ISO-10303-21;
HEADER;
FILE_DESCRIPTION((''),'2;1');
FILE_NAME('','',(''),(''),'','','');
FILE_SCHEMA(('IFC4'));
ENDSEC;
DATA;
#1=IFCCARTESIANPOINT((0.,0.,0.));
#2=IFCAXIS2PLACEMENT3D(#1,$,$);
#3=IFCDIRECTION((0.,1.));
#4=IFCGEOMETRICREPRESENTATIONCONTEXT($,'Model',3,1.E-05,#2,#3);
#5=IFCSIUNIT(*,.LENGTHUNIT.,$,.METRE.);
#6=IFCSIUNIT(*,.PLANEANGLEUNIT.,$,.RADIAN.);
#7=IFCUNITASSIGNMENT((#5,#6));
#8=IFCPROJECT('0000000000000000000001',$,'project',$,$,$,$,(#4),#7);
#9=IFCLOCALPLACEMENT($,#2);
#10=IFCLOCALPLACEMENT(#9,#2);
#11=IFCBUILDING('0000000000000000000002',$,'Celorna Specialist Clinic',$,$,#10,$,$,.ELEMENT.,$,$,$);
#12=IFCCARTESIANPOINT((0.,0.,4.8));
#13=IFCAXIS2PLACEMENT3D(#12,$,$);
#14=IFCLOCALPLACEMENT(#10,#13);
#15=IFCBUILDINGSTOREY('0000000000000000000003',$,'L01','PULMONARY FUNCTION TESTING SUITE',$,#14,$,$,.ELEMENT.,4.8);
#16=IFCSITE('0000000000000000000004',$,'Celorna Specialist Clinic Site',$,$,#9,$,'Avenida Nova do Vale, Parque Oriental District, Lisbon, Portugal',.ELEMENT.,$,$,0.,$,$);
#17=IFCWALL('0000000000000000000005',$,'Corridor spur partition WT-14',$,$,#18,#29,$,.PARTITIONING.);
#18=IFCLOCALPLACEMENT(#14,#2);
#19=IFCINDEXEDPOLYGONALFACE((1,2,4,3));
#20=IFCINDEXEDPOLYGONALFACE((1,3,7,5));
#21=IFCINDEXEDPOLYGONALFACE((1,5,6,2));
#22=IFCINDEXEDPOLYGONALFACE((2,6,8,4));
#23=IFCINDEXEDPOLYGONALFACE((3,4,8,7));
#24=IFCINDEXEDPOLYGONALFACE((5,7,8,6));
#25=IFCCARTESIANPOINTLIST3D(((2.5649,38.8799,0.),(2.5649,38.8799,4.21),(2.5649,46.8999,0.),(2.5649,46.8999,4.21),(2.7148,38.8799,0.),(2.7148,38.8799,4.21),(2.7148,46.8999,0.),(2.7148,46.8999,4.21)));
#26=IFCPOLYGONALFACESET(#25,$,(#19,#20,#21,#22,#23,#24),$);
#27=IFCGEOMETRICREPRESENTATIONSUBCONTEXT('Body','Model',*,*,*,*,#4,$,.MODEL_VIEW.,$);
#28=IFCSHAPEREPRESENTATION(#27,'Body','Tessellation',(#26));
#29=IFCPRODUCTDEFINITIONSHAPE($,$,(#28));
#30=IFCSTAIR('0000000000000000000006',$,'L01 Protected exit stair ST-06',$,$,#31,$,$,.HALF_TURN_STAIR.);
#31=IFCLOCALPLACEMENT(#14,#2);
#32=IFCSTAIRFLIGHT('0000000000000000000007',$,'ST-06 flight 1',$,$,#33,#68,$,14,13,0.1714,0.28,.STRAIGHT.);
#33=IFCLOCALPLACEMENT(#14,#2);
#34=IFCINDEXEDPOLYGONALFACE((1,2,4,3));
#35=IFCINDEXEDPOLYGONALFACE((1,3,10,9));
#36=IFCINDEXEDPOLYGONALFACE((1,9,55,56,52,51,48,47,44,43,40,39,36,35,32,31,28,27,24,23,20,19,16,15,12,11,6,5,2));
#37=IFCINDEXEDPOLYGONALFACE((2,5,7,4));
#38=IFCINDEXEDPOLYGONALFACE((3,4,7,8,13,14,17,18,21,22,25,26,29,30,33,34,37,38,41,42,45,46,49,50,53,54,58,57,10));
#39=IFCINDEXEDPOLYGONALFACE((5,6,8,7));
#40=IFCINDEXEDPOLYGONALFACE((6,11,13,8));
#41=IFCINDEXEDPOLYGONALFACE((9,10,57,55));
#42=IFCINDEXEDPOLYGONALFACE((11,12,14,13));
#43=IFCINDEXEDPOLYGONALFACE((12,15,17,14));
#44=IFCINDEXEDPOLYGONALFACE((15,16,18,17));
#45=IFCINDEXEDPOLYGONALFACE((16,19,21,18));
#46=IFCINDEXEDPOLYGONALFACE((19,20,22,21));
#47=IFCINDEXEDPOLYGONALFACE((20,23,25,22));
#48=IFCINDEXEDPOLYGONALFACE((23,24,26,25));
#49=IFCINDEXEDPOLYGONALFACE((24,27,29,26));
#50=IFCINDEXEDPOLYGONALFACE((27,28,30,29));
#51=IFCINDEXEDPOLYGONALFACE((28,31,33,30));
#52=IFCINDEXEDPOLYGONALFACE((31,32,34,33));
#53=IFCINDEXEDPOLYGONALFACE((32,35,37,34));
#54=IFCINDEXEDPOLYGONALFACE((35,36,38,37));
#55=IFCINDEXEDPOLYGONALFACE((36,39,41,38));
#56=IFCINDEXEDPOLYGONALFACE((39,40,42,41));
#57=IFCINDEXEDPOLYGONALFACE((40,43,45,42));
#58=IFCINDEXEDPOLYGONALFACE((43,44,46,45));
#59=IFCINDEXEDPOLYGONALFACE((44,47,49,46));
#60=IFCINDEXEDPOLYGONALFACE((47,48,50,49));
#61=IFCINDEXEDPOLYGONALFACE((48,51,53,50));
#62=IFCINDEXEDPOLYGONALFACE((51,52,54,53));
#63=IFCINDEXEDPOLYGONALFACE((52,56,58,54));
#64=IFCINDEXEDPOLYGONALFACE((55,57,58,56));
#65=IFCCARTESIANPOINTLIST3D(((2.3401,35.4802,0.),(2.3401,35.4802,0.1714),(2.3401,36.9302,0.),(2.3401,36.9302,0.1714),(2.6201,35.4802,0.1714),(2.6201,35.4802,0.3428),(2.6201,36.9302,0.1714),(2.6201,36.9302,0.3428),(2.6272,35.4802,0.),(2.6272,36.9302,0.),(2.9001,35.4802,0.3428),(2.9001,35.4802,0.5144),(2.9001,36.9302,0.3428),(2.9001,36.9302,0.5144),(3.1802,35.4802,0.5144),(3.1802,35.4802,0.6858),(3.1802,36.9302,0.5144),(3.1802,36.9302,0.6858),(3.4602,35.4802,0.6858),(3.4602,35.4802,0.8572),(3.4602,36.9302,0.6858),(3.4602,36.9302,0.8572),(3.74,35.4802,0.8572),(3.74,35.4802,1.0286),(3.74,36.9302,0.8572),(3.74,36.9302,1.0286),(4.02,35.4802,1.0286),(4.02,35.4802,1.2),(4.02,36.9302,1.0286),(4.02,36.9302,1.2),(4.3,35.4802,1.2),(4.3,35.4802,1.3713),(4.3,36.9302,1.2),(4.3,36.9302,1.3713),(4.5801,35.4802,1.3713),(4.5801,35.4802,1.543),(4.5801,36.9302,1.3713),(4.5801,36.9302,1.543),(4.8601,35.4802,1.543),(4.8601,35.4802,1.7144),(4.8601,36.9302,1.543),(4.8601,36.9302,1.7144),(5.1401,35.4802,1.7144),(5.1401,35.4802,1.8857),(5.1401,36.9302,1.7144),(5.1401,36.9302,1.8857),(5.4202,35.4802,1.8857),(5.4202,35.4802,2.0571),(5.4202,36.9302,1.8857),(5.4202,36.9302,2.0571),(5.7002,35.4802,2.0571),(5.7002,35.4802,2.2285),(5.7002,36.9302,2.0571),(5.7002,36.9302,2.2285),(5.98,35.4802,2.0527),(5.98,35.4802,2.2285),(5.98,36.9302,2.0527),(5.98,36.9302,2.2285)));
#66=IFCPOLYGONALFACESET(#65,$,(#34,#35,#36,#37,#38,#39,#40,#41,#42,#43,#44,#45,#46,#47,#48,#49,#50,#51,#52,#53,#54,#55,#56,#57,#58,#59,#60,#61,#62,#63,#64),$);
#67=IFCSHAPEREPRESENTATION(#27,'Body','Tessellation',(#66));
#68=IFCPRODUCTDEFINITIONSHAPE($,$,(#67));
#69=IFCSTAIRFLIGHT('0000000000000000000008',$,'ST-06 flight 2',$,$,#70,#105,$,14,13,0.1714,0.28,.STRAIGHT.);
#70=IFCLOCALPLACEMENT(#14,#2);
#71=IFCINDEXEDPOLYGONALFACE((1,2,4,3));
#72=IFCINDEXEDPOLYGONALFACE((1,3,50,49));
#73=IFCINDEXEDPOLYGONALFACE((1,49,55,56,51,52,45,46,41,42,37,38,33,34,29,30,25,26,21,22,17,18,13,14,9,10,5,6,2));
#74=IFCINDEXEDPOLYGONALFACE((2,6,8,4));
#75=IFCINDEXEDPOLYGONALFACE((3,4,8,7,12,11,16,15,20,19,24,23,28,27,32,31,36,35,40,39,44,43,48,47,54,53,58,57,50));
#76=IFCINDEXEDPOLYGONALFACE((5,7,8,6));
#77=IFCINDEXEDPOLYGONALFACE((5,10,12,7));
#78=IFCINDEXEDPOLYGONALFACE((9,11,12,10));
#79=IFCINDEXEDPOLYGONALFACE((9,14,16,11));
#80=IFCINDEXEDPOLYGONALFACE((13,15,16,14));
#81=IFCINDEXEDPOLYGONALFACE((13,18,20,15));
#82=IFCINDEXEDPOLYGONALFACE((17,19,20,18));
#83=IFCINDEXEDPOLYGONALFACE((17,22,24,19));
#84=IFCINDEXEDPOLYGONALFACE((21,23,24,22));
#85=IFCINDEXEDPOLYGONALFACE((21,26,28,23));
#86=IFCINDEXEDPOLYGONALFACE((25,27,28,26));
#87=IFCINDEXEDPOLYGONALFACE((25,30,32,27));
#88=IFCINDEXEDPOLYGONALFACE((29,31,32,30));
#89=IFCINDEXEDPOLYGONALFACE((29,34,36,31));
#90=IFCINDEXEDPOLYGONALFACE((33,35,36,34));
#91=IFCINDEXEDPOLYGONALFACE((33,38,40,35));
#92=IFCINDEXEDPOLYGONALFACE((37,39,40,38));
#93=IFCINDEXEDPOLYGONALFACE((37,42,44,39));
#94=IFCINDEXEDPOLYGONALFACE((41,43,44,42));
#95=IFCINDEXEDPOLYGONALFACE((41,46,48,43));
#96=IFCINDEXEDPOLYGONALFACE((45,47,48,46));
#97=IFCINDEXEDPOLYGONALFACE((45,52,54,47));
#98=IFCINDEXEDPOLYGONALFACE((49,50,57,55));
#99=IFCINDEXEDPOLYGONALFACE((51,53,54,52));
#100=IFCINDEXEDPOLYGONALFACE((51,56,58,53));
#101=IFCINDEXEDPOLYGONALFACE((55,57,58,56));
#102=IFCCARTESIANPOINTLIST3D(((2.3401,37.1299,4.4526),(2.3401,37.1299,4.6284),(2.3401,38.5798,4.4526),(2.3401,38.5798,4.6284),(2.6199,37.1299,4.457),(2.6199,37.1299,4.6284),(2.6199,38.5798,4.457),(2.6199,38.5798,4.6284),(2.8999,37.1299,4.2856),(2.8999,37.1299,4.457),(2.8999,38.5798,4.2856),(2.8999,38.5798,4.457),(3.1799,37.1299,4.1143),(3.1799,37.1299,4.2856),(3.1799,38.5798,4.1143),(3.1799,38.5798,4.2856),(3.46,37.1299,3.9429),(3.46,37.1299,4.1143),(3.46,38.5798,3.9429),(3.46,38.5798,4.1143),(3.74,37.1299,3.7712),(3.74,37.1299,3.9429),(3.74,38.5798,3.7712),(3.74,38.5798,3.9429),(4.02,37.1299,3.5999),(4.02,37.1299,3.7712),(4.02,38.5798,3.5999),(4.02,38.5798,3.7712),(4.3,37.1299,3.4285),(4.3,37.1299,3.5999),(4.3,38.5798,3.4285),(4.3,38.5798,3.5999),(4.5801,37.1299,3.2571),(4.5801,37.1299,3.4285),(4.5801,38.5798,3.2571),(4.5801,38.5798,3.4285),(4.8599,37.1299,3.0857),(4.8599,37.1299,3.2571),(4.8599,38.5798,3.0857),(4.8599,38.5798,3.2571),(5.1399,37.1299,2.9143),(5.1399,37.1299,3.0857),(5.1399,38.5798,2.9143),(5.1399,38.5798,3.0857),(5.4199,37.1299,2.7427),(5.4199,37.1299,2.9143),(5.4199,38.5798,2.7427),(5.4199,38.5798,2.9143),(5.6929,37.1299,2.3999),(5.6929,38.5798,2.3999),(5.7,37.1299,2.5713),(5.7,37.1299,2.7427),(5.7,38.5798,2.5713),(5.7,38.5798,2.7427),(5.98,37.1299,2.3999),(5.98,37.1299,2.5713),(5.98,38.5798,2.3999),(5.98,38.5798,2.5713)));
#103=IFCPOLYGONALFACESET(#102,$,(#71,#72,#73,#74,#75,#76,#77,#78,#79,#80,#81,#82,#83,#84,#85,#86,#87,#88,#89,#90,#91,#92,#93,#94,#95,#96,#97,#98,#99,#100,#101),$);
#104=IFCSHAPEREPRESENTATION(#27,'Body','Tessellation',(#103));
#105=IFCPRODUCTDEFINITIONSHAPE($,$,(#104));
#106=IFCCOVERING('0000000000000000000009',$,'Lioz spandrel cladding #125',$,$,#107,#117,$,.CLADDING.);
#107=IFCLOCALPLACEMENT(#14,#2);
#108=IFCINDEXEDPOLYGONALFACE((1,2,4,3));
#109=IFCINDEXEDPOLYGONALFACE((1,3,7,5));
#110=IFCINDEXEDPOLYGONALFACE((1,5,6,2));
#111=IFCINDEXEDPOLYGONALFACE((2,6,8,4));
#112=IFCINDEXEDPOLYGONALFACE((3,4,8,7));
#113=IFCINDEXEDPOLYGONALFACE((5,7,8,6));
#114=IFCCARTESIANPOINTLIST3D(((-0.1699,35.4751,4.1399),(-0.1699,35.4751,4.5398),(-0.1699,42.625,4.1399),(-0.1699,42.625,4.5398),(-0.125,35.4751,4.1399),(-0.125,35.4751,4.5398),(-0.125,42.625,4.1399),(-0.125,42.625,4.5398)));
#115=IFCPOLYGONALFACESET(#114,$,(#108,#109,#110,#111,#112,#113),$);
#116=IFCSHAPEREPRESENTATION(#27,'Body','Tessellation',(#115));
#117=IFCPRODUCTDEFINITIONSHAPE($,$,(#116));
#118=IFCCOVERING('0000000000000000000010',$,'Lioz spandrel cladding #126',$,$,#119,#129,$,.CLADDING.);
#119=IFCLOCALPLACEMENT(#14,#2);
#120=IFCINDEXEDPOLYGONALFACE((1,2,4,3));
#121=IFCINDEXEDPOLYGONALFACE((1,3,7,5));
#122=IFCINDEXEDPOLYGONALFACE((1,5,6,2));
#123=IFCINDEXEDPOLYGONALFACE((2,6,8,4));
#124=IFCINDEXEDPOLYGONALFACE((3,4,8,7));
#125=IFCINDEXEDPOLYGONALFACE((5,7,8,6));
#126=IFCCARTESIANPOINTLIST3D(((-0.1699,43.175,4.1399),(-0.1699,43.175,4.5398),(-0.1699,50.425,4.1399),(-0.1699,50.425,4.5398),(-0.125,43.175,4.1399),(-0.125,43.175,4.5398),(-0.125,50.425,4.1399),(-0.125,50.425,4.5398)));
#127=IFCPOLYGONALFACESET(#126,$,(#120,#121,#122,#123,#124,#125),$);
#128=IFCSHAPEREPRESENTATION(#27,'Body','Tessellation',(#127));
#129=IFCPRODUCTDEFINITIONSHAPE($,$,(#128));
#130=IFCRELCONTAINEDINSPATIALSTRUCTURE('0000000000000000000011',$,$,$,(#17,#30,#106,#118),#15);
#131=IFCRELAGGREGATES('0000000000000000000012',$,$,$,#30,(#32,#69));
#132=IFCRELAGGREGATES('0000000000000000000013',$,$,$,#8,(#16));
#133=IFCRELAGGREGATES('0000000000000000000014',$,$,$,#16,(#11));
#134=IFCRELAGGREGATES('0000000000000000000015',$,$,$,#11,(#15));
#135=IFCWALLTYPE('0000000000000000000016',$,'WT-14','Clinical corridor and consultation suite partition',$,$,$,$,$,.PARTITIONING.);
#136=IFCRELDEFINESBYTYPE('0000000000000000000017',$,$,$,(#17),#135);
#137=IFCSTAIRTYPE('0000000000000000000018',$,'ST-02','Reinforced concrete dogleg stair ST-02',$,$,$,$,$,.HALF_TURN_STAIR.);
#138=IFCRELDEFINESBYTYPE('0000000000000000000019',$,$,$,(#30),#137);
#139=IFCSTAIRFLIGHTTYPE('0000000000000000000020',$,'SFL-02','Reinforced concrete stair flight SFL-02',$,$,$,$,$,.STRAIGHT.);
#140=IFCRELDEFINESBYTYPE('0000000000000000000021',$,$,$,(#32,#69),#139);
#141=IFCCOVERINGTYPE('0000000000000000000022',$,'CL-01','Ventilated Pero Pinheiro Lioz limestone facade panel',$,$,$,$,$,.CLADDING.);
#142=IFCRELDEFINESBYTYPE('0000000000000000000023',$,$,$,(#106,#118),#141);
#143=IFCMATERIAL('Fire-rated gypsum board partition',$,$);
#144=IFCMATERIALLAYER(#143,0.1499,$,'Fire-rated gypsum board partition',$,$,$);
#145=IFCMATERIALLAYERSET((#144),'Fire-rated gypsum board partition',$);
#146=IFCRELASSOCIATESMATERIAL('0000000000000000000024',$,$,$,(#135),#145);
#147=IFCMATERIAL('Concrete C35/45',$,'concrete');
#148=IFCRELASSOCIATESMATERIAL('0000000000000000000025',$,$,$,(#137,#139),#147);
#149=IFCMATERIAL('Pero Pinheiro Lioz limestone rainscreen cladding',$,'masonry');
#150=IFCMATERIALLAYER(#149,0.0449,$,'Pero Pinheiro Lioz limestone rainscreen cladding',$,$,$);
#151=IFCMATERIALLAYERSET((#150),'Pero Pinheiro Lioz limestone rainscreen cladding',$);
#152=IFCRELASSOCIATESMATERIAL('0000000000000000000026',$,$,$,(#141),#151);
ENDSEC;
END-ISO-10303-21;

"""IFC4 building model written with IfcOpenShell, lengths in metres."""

from ifc_helpers import new_model, si_unit, direction, frame, frame_2d, origin, origin_2d, place, context, subcontext, project, spatial, polyline, rectangle, outline, extrude, material, layer, layer_set, type_object, element, aggregate, save


model = new_model("IFC4")

# Units and contexts
model_context = context("Model", 3, precision=1e-05, world=origin(), true_north=direction((0.0, 1.0)))
body_context = subcontext(model_context, "Body", "Model", "MODEL_VIEW")
ifc_project = project(units=[si_unit("LENGTHUNIT", "METRE"), si_unit("PLANEANGLEUNIT", "RADIAN")], contexts=[model_context])

# Site, building, storey
site_placement = place(None, origin())
site = spatial("IfcSite", under=ifc_project, at=site_placement, Name="Celorna Specialist Clinic Site", LongName="Avenida Nova do Vale, Parque Oriental District, Lisbon, Portugal", CompositionType="ELEMENT", RefElevation=0.0)
building_placement = place(site_placement, origin())
building = spatial("IfcBuilding", under=site, at=building_placement, Name="Celorna Specialist Clinic", CompositionType="ELEMENT")
storey_placement = place(building_placement, frame((0.0, 0.0, 4.8)))
storey = spatial("IfcBuildingStorey", under=building, at=storey_placement, Name="L01", Description="PULMONARY FUNCTION TESTING SUITE", CompositionType="ELEMENT", Elevation=4.8)

# Shared definitions
ifc_material_1 = material(Name="Concrete C35/45", Category="concrete")

# Wall
ifc_material_2 = material(Name="Fire-rated gypsum board partition")
ifc_layer_1 = layer(ifc_material_2, 0.1499, Name="Fire-rated gypsum board partition")
ifc_layer_set_1 = layer_set([ifc_layer_1], Name="Fire-rated gypsum board partition")
wall_type_1 = type_object("IfcWallType", Name="WT-14", Description="Clinical corridor and consultation suite partition", PredefinedType="PARTITIONING", material=ifc_layer_set_1)
wall_1_placement = place(storey_placement, frame((2.6399, 38.8799, 0.0), z_axis=(0.0, 0.0, 1.0), x_axis=(0.0, 1.0, 0.0)))
element("IfcWall", 1, at=wall_1_placement, inside=storey, type_object=wall_type_1, Name="Corridor spur partition WT-14", PredefinedType="PARTITIONING", context=body_context, shape_type="SweptSolid", body=[
    extrude(rectangle(XDim=8.02, YDim=0.1499, at=frame_2d((4.01, 0.0))), origin(), (0.0, 0.0, 1.0), 4.21),
])

# Stair, stair flights
stair_type = type_object("IfcStairType", Name="ST-02", Description="Reinforced concrete dogleg stair ST-02", PredefinedType="HALF_TURN_STAIR", material=ifc_material_1)
stair_placement = place(storey_placement, origin())
stair = element("IfcStair", 2, at=stair_placement, inside=storey, type_object=stair_type, Name="L01 Protected exit stair ST-06", PredefinedType="HALF_TURN_STAIR")
stair_flight_type = type_object("IfcStairFlightType", Name="SFL-02", Description="Reinforced concrete stair flight SFL-02", PredefinedType="STRAIGHT", material=ifc_material_1)
stair_flight_1_placement = place(storey_placement, frame((2.3401, 36.2051, 0.0), z_axis=(0.0, 0.0, 1.0), x_axis=(1.0, 0.0, 0.0)))
stair_flight_1 = element("IfcStairFlight", 3, at=stair_flight_1_placement, type_object=stair_flight_type, Name="ST-06 flight 1", NumberOfRisers=14, NumberOfTreads=13, PredefinedType="STRAIGHT", RiserHeight=0.1714, TreadLength=0.28, context=body_context, shape_type="SweptSolid", body=[
    extrude(outline(polyline([(0.0, 0.0), (0.0, 0.1714), (0.28, 0.1714), (0.28, 0.3428), (0.5601, 0.3428), (0.5601, 0.5144), (0.8401, 0.5144), (0.8401, 0.6858), (1.1201, 0.6858), (1.1201, 0.8572), (1.3999, 0.8572), (1.3999, 1.0286), (1.6799, 1.0286), (1.6799, 1.2), (1.96, 1.2), (1.96, 1.3713), (2.24, 1.3713), (2.24, 1.543), (2.52, 1.543), (2.52, 1.7144), (2.8, 1.7144), (2.8, 1.8857), (3.0801, 1.8857), (3.0801, 2.0571), (3.3601, 2.0571), (3.3601, 2.2285), (3.6399, 2.2285), (3.6399, 2.3999), (3.6399, 2.0527), (0.2871, 0.0), (0.0, 0.0)])), frame((0.0, 0.7251, 0.0), z_axis=(0.0, -1.0, 0.0), x_axis=(1.0, 0.0, 0.0)), (0.0, 0.0, 1.0), 1.45),
])
stair_flight_2_placement = place(storey_placement, frame((5.98, 37.855, 2.3999), z_axis=(0.0, 0.0, 1.0), x_axis=(-1.0, 0.0, 0.0)))
stair_flight_2 = element("IfcStairFlight", 4, at=stair_flight_2_placement, type_object=stair_flight_type, Name="ST-06 flight 2", NumberOfRisers=14, NumberOfTreads=13, PredefinedType="STRAIGHT", RiserHeight=0.1714, TreadLength=0.28, context=body_context, shape_type="SweptSolid", body=[
    extrude(outline(polyline([(0.0, 0.0), (0.0, 0.1714), (0.28, 0.1714), (0.28, 0.3428), (0.5601, 0.3428), (0.5601, 0.5144), (0.8401, 0.5144), (0.8401, 0.6858), (1.1201, 0.6858), (1.1201, 0.8572), (1.3999, 0.8572), (1.3999, 1.0286), (1.6799, 1.0286), (1.6799, 1.2), (1.96, 1.2), (1.96, 1.3713), (2.24, 1.3713), (2.24, 1.543), (2.52, 1.543), (2.52, 1.7144), (2.8, 1.7144), (2.8, 1.8857), (3.0801, 1.8857), (3.0801, 2.0571), (3.3601, 2.0571), (3.3601, 2.2285), (3.6399, 2.2285), (3.6399, 2.3999), (3.6399, 2.0527), (0.2871, 0.0), (0.0, 0.0)])), frame((0.0, 0.7251, 0.0), z_axis=(0.0, -1.0, 0.0), x_axis=(1.0, 0.0, 0.0)), (0.0, 0.0, 1.0), 1.45),
])
aggregate(stair, [stair_flight_1, stair_flight_2])

# Coverings
ifc_material_3 = material(Name="Pero Pinheiro Lioz limestone rainscreen cladding", Category="masonry")
ifc_layer_2 = layer(ifc_material_3, 0.0449, Name="Pero Pinheiro Lioz limestone rainscreen cladding")
ifc_layer_set_2 = layer_set([ifc_layer_2], Name="Pero Pinheiro Lioz limestone rainscreen cladding")
covering_type = type_object("IfcCoveringType", Name="CL-01", Description="Ventilated Pero Pinheiro Lioz limestone facade panel", PredefinedType="CLADDING", material=ifc_layer_set_2)
covering_1_placement = place(storey_placement, frame((-0.1475, 39.05, 4.1399), z_axis=(0.0, 0.0, 1.0), x_axis=(0.0, 1.0, 0.0)))
element("IfcCovering", 5, at=covering_1_placement, inside=storey, type_object=covering_type, Name="Lioz spandrel cladding #125", PredefinedType="CLADDING", context=body_context, shape_type="SweptSolid", body=[
    extrude(rectangle(XDim=7.1499, YDim=0.0449, at=origin_2d()), origin(), (0.0, 0.0, 1.0), 0.3999),
])
covering_2_placement = place(storey_placement, frame((-0.1475, 46.8, 4.1399), z_axis=(0.0, 0.0, 1.0), x_axis=(0.0, 1.0, 0.0)))
element("IfcCovering", 6, at=covering_2_placement, inside=storey, type_object=covering_type, Name="Lioz spandrel cladding #126", PredefinedType="CLADDING", context=body_context, shape_type="SweptSolid", body=[
    extrude(rectangle(XDim=7.25, YDim=0.0449, at=origin_2d()), origin(), (0.0, 0.0, 1.0), 0.3999),
])

save(model, "model.ifc")
